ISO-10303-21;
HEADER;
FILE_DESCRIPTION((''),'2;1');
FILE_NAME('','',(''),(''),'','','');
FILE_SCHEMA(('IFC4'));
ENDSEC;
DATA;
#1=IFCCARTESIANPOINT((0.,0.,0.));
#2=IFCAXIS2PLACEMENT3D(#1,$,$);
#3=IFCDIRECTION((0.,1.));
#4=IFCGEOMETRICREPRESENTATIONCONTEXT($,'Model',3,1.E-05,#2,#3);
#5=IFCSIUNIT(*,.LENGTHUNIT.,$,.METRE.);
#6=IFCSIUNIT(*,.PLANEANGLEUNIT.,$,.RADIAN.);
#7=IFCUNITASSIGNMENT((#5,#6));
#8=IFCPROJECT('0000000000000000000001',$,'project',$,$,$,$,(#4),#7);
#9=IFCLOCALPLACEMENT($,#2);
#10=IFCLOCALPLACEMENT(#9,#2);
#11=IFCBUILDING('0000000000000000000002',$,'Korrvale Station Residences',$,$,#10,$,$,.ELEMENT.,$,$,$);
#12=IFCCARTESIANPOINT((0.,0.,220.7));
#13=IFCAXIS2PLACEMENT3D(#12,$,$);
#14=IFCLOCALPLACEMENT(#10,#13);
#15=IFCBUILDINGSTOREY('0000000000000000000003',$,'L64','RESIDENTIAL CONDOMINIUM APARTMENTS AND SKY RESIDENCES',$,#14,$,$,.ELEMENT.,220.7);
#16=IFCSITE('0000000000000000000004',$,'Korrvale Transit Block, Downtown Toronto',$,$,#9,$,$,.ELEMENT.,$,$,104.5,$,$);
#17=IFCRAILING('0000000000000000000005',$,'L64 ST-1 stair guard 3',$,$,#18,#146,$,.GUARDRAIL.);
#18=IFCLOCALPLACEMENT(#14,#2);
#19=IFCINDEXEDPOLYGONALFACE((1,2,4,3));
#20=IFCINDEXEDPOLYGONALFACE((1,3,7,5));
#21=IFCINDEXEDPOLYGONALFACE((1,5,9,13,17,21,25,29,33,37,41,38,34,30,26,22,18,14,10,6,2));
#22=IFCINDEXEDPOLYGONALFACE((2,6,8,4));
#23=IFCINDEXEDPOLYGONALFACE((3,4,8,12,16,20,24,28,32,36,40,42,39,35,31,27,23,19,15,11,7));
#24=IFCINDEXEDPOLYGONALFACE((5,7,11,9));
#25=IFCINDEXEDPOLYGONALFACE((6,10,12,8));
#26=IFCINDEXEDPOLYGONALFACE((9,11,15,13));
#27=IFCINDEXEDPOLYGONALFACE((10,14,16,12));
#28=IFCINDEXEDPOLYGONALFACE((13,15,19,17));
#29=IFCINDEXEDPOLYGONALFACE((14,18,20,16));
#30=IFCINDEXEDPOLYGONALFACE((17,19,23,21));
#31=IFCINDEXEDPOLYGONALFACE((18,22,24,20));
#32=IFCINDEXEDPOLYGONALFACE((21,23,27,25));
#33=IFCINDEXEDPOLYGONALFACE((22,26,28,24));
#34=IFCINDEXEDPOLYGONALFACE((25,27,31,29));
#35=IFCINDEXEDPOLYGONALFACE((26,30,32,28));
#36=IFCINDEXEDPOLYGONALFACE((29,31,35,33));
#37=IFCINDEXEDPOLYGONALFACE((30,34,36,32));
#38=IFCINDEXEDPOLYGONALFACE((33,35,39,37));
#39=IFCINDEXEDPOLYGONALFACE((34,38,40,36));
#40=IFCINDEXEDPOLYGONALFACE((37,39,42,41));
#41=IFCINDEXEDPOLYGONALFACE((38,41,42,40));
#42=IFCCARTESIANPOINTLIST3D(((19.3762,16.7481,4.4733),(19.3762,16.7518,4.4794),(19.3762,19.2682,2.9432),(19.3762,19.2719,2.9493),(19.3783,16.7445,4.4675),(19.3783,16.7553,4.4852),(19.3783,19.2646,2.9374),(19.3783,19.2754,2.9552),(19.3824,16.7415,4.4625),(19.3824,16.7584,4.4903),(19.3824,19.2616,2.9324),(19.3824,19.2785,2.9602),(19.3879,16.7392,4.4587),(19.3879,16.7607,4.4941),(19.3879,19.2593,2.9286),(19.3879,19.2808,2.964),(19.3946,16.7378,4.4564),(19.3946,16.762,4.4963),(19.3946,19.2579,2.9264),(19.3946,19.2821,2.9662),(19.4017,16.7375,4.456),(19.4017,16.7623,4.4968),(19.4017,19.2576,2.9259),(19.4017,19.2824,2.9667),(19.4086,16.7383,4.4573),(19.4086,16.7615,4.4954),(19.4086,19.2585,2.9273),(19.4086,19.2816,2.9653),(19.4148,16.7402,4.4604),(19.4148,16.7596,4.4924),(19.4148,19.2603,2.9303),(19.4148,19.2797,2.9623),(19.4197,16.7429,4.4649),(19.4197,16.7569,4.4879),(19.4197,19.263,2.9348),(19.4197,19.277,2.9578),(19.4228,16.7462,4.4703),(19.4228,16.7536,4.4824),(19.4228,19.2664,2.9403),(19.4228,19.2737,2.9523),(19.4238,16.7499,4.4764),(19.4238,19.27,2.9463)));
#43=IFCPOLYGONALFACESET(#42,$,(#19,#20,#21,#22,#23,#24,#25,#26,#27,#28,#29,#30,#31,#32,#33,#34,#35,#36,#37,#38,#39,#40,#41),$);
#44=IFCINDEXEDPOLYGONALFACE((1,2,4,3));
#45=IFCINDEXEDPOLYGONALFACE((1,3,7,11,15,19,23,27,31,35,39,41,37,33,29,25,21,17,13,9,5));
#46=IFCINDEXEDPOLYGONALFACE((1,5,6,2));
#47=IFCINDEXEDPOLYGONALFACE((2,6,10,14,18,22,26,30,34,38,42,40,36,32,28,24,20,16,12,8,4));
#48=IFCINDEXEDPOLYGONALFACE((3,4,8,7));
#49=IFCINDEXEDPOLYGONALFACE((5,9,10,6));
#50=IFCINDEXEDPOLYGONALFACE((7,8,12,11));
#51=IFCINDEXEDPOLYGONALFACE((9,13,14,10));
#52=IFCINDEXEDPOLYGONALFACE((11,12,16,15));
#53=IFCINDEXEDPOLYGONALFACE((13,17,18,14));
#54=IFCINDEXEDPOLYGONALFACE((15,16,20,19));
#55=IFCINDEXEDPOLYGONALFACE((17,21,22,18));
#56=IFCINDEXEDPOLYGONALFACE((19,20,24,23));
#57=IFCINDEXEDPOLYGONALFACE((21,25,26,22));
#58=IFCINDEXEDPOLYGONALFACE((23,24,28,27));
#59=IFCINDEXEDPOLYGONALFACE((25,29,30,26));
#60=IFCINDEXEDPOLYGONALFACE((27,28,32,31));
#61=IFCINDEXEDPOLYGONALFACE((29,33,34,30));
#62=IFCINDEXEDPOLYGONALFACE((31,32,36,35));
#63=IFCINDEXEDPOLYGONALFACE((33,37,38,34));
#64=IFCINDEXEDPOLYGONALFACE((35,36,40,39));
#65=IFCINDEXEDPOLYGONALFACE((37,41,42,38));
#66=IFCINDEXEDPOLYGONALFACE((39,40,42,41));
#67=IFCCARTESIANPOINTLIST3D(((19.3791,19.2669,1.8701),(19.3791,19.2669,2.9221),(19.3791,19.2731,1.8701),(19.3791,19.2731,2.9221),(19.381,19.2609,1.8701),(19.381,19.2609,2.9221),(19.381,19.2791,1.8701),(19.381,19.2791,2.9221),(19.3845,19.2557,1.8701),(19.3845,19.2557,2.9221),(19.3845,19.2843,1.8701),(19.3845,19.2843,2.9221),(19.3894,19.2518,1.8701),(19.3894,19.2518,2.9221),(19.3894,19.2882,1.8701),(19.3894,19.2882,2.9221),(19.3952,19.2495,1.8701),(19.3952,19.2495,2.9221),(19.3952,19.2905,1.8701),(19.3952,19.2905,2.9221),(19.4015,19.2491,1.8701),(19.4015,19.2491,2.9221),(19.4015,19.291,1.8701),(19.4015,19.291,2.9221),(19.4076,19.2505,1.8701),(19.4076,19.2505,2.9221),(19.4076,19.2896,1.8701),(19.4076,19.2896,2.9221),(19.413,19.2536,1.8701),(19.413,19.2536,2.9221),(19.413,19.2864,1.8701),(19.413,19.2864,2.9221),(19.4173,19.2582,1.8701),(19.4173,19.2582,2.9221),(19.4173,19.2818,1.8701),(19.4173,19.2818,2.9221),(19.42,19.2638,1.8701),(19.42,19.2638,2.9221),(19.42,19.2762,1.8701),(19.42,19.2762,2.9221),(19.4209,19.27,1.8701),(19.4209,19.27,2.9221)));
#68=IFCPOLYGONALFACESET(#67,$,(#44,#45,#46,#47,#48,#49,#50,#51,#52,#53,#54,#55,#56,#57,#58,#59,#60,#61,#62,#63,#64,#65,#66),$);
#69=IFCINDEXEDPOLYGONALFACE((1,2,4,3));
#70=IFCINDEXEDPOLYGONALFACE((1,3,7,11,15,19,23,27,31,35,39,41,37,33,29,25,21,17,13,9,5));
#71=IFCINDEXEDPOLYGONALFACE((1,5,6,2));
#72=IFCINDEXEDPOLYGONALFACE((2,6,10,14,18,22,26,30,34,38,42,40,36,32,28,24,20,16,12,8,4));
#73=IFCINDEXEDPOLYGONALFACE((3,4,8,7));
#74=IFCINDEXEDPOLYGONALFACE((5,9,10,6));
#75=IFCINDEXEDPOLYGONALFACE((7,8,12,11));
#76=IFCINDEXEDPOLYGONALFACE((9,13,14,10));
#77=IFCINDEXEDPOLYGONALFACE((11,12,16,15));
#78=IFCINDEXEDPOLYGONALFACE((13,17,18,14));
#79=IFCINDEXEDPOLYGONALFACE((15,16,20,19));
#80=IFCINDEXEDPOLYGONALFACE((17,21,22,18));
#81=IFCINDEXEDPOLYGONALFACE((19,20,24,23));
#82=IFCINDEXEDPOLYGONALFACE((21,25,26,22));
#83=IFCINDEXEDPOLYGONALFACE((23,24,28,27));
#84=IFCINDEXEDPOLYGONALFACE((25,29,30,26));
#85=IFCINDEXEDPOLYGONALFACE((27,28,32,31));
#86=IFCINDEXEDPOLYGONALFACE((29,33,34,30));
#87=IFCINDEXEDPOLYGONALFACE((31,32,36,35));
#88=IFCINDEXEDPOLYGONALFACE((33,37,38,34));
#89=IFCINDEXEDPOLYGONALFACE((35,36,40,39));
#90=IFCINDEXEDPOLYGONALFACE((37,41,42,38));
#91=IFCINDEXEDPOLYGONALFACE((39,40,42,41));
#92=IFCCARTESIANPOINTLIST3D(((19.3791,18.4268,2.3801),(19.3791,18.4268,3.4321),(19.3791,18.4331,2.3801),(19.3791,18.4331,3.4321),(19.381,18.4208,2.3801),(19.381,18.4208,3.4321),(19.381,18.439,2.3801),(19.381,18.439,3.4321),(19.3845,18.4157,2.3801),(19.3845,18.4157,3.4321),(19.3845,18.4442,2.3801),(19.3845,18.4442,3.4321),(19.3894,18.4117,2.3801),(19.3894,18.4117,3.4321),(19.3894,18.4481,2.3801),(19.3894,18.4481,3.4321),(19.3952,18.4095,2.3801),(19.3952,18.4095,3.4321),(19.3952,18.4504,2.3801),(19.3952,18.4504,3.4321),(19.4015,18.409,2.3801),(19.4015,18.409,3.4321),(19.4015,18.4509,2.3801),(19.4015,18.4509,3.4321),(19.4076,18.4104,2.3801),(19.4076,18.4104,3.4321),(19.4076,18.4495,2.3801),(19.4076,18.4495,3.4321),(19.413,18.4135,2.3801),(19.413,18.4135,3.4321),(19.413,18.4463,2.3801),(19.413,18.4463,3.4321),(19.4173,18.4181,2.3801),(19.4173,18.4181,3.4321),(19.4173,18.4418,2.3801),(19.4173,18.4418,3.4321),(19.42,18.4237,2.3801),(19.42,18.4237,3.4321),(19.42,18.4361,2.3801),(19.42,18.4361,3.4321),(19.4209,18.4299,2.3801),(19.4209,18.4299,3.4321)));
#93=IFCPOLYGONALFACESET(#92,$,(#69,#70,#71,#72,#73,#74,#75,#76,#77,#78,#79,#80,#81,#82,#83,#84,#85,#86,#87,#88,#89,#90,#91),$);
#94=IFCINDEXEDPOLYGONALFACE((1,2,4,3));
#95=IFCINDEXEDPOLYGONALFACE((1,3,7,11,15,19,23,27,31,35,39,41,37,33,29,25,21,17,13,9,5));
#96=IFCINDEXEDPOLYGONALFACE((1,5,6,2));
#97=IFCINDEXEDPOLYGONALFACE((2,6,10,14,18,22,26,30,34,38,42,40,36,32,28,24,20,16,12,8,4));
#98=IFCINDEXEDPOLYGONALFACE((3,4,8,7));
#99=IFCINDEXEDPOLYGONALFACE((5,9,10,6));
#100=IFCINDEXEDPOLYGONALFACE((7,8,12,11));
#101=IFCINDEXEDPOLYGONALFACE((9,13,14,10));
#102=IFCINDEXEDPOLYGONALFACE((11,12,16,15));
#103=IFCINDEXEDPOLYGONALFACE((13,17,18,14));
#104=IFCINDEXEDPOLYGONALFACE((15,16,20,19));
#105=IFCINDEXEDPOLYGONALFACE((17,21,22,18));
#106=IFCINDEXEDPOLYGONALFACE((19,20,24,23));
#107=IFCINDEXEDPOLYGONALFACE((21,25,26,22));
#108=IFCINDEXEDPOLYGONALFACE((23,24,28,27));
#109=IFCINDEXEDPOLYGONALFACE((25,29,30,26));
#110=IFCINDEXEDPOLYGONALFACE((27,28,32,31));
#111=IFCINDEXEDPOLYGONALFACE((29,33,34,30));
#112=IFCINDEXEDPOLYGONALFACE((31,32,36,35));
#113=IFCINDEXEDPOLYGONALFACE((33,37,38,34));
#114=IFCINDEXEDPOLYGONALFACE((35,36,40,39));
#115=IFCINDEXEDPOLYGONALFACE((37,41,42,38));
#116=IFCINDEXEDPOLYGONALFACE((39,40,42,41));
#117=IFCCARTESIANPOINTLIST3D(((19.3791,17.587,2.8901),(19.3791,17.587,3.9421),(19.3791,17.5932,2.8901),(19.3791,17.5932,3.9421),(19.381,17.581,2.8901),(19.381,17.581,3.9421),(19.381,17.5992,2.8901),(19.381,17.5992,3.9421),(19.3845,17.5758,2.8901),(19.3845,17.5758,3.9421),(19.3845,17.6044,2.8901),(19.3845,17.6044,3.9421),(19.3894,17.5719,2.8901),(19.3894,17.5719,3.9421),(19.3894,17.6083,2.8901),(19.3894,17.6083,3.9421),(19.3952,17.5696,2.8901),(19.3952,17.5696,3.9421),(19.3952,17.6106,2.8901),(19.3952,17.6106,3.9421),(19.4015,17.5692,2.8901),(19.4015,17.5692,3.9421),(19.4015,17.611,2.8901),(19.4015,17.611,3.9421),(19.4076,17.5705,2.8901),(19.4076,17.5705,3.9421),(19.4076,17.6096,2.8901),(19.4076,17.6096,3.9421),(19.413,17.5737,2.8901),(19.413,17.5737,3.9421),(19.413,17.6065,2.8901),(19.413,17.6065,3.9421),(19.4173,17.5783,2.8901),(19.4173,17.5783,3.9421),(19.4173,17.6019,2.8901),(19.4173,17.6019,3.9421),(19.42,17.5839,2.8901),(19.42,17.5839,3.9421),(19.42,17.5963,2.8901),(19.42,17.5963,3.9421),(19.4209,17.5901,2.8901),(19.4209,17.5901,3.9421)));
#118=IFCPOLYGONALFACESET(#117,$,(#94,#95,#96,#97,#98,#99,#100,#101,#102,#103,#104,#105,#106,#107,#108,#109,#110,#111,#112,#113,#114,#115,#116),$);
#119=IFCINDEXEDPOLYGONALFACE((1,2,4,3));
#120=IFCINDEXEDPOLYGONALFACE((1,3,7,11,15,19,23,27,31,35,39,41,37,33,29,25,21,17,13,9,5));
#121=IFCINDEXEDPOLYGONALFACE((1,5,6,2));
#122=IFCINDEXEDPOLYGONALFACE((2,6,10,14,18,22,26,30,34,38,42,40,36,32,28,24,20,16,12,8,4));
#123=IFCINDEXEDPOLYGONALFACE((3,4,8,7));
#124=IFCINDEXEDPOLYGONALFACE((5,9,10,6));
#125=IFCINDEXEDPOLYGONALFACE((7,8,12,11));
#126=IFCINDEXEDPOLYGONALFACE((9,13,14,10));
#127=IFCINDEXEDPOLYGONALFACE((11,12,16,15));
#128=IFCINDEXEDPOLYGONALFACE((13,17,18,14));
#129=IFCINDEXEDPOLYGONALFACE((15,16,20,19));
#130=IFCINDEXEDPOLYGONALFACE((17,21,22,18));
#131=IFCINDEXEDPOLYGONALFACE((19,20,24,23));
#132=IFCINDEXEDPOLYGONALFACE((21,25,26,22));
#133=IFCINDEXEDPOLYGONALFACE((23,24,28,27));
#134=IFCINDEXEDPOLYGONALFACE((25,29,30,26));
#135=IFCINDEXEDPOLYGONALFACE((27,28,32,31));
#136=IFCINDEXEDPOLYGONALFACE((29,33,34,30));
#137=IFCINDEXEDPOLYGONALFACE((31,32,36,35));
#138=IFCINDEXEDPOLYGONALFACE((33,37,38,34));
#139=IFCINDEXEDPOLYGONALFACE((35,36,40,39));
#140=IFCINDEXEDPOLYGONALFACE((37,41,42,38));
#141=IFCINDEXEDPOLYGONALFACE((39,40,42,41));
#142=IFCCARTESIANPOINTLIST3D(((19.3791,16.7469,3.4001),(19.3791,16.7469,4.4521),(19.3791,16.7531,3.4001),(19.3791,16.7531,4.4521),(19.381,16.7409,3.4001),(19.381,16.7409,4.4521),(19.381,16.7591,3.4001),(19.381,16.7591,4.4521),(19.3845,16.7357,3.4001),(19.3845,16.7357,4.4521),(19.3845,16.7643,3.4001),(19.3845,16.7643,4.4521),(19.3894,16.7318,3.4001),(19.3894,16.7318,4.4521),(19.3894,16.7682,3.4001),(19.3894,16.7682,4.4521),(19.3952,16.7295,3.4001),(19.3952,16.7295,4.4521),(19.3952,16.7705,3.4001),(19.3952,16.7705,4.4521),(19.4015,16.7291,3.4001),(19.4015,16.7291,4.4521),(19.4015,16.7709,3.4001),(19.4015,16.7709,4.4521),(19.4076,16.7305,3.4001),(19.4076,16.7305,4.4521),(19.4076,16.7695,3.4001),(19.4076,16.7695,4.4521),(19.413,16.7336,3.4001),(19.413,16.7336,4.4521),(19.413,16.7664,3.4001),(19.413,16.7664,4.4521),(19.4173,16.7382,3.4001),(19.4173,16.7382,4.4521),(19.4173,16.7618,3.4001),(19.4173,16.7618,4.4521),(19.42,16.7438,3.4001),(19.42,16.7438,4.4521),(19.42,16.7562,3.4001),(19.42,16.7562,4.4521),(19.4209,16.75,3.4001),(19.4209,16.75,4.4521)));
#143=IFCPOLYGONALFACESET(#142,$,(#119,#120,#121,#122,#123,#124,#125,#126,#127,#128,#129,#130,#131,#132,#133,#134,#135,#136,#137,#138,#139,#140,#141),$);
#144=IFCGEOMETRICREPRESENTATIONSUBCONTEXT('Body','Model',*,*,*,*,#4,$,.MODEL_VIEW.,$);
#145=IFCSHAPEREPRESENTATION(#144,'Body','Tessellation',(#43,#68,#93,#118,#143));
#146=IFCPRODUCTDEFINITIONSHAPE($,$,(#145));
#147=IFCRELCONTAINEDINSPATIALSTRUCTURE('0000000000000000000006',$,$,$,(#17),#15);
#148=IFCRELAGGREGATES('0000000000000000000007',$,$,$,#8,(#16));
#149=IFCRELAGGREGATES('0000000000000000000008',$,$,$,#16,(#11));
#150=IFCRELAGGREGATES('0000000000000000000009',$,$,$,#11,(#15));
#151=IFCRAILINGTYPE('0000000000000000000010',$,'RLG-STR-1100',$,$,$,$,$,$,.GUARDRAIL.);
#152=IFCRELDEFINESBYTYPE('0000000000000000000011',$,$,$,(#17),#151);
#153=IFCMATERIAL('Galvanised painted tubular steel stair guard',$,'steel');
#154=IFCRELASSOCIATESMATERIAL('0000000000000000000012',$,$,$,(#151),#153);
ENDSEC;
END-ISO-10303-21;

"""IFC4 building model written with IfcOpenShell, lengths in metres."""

from ifc_helpers import new_model, si_unit, direction, frame, origin, origin_2d, place, context, subcontext, project, spatial, circle, extrude, material, type_object, element, save


model = new_model("IFC4")

# Units and contexts
model_context = context("Model", 3, precision=1e-05, world=origin(), true_north=direction((0.0, 1.0)))
body_context = subcontext(model_context, "Body", "Model", "MODEL_VIEW")
ifc_project = project(units=[si_unit("LENGTHUNIT", "METRE"), si_unit("PLANEANGLEUNIT", "RADIAN")], contexts=[model_context])

# Site, building, storey
site_placement = place(None, origin())
site = spatial("IfcSite", under=ifc_project, at=site_placement, Name="Korrvale Transit Block, Downtown Toronto", CompositionType="ELEMENT", RefElevation=104.5)
building_placement = place(site_placement, origin())
building = spatial("IfcBuilding", under=site, at=building_placement, Name="Korrvale Station Residences", CompositionType="ELEMENT")
storey_placement = place(building_placement, frame((0.0, 0.0, 220.7)))
storey = spatial("IfcBuildingStorey", under=building, at=storey_placement, Name="L64", Description="RESIDENTIAL CONDOMINIUM APARTMENTS AND SKY RESIDENCES", CompositionType="ELEMENT", Elevation=220.7)

# Railing
ifc_material_1 = material(Name="Galvanised painted tubular steel stair guard", Category="steel")
railing_type_1 = type_object("IfcRailingType", Name="RLG-STR-1100", PredefinedType="GUARDRAIL", material=ifc_material_1)
railing_1_placement = place(storey_placement, frame((19.3999, 19.27, 1.8701)))
element("IfcRailing", 1, at=railing_1_placement, inside=storey, type_object=railing_type_1, Name="L64 ST-1 stair guard 3", PredefinedType="GUARDRAIL", context=body_context, shape_type="SweptSolid", body=[
    extrude(circle(Radius=0.0239, at=origin_2d()), frame((0.0, 0.0, 1.0762), z_axis=(0.0, -0.854785, 0.518982), x_axis=(1.0, 0.0, 0.0)), (0.0, 0.0, 1.0), 2.9482),
    extrude(circle(Radius=0.021, at=origin_2d()), origin(), (0.0, 0.0, 1.0), 1.052),
    extrude(circle(Radius=0.021, at=origin_2d()), frame((0.0, -0.8401, 0.51)), (0.0, 0.0, 1.0), 1.052),
    extrude(circle(Radius=0.021, at=origin_2d()), frame((0.0, -1.6799, 1.02)), (0.0, 0.0, 1.0), 1.052),
    extrude(circle(Radius=0.021, at=origin_2d()), frame((0.0, -2.52, 1.53)), (0.0, 0.0, 1.0), 1.052),
])

save(model, "model.ifc")
